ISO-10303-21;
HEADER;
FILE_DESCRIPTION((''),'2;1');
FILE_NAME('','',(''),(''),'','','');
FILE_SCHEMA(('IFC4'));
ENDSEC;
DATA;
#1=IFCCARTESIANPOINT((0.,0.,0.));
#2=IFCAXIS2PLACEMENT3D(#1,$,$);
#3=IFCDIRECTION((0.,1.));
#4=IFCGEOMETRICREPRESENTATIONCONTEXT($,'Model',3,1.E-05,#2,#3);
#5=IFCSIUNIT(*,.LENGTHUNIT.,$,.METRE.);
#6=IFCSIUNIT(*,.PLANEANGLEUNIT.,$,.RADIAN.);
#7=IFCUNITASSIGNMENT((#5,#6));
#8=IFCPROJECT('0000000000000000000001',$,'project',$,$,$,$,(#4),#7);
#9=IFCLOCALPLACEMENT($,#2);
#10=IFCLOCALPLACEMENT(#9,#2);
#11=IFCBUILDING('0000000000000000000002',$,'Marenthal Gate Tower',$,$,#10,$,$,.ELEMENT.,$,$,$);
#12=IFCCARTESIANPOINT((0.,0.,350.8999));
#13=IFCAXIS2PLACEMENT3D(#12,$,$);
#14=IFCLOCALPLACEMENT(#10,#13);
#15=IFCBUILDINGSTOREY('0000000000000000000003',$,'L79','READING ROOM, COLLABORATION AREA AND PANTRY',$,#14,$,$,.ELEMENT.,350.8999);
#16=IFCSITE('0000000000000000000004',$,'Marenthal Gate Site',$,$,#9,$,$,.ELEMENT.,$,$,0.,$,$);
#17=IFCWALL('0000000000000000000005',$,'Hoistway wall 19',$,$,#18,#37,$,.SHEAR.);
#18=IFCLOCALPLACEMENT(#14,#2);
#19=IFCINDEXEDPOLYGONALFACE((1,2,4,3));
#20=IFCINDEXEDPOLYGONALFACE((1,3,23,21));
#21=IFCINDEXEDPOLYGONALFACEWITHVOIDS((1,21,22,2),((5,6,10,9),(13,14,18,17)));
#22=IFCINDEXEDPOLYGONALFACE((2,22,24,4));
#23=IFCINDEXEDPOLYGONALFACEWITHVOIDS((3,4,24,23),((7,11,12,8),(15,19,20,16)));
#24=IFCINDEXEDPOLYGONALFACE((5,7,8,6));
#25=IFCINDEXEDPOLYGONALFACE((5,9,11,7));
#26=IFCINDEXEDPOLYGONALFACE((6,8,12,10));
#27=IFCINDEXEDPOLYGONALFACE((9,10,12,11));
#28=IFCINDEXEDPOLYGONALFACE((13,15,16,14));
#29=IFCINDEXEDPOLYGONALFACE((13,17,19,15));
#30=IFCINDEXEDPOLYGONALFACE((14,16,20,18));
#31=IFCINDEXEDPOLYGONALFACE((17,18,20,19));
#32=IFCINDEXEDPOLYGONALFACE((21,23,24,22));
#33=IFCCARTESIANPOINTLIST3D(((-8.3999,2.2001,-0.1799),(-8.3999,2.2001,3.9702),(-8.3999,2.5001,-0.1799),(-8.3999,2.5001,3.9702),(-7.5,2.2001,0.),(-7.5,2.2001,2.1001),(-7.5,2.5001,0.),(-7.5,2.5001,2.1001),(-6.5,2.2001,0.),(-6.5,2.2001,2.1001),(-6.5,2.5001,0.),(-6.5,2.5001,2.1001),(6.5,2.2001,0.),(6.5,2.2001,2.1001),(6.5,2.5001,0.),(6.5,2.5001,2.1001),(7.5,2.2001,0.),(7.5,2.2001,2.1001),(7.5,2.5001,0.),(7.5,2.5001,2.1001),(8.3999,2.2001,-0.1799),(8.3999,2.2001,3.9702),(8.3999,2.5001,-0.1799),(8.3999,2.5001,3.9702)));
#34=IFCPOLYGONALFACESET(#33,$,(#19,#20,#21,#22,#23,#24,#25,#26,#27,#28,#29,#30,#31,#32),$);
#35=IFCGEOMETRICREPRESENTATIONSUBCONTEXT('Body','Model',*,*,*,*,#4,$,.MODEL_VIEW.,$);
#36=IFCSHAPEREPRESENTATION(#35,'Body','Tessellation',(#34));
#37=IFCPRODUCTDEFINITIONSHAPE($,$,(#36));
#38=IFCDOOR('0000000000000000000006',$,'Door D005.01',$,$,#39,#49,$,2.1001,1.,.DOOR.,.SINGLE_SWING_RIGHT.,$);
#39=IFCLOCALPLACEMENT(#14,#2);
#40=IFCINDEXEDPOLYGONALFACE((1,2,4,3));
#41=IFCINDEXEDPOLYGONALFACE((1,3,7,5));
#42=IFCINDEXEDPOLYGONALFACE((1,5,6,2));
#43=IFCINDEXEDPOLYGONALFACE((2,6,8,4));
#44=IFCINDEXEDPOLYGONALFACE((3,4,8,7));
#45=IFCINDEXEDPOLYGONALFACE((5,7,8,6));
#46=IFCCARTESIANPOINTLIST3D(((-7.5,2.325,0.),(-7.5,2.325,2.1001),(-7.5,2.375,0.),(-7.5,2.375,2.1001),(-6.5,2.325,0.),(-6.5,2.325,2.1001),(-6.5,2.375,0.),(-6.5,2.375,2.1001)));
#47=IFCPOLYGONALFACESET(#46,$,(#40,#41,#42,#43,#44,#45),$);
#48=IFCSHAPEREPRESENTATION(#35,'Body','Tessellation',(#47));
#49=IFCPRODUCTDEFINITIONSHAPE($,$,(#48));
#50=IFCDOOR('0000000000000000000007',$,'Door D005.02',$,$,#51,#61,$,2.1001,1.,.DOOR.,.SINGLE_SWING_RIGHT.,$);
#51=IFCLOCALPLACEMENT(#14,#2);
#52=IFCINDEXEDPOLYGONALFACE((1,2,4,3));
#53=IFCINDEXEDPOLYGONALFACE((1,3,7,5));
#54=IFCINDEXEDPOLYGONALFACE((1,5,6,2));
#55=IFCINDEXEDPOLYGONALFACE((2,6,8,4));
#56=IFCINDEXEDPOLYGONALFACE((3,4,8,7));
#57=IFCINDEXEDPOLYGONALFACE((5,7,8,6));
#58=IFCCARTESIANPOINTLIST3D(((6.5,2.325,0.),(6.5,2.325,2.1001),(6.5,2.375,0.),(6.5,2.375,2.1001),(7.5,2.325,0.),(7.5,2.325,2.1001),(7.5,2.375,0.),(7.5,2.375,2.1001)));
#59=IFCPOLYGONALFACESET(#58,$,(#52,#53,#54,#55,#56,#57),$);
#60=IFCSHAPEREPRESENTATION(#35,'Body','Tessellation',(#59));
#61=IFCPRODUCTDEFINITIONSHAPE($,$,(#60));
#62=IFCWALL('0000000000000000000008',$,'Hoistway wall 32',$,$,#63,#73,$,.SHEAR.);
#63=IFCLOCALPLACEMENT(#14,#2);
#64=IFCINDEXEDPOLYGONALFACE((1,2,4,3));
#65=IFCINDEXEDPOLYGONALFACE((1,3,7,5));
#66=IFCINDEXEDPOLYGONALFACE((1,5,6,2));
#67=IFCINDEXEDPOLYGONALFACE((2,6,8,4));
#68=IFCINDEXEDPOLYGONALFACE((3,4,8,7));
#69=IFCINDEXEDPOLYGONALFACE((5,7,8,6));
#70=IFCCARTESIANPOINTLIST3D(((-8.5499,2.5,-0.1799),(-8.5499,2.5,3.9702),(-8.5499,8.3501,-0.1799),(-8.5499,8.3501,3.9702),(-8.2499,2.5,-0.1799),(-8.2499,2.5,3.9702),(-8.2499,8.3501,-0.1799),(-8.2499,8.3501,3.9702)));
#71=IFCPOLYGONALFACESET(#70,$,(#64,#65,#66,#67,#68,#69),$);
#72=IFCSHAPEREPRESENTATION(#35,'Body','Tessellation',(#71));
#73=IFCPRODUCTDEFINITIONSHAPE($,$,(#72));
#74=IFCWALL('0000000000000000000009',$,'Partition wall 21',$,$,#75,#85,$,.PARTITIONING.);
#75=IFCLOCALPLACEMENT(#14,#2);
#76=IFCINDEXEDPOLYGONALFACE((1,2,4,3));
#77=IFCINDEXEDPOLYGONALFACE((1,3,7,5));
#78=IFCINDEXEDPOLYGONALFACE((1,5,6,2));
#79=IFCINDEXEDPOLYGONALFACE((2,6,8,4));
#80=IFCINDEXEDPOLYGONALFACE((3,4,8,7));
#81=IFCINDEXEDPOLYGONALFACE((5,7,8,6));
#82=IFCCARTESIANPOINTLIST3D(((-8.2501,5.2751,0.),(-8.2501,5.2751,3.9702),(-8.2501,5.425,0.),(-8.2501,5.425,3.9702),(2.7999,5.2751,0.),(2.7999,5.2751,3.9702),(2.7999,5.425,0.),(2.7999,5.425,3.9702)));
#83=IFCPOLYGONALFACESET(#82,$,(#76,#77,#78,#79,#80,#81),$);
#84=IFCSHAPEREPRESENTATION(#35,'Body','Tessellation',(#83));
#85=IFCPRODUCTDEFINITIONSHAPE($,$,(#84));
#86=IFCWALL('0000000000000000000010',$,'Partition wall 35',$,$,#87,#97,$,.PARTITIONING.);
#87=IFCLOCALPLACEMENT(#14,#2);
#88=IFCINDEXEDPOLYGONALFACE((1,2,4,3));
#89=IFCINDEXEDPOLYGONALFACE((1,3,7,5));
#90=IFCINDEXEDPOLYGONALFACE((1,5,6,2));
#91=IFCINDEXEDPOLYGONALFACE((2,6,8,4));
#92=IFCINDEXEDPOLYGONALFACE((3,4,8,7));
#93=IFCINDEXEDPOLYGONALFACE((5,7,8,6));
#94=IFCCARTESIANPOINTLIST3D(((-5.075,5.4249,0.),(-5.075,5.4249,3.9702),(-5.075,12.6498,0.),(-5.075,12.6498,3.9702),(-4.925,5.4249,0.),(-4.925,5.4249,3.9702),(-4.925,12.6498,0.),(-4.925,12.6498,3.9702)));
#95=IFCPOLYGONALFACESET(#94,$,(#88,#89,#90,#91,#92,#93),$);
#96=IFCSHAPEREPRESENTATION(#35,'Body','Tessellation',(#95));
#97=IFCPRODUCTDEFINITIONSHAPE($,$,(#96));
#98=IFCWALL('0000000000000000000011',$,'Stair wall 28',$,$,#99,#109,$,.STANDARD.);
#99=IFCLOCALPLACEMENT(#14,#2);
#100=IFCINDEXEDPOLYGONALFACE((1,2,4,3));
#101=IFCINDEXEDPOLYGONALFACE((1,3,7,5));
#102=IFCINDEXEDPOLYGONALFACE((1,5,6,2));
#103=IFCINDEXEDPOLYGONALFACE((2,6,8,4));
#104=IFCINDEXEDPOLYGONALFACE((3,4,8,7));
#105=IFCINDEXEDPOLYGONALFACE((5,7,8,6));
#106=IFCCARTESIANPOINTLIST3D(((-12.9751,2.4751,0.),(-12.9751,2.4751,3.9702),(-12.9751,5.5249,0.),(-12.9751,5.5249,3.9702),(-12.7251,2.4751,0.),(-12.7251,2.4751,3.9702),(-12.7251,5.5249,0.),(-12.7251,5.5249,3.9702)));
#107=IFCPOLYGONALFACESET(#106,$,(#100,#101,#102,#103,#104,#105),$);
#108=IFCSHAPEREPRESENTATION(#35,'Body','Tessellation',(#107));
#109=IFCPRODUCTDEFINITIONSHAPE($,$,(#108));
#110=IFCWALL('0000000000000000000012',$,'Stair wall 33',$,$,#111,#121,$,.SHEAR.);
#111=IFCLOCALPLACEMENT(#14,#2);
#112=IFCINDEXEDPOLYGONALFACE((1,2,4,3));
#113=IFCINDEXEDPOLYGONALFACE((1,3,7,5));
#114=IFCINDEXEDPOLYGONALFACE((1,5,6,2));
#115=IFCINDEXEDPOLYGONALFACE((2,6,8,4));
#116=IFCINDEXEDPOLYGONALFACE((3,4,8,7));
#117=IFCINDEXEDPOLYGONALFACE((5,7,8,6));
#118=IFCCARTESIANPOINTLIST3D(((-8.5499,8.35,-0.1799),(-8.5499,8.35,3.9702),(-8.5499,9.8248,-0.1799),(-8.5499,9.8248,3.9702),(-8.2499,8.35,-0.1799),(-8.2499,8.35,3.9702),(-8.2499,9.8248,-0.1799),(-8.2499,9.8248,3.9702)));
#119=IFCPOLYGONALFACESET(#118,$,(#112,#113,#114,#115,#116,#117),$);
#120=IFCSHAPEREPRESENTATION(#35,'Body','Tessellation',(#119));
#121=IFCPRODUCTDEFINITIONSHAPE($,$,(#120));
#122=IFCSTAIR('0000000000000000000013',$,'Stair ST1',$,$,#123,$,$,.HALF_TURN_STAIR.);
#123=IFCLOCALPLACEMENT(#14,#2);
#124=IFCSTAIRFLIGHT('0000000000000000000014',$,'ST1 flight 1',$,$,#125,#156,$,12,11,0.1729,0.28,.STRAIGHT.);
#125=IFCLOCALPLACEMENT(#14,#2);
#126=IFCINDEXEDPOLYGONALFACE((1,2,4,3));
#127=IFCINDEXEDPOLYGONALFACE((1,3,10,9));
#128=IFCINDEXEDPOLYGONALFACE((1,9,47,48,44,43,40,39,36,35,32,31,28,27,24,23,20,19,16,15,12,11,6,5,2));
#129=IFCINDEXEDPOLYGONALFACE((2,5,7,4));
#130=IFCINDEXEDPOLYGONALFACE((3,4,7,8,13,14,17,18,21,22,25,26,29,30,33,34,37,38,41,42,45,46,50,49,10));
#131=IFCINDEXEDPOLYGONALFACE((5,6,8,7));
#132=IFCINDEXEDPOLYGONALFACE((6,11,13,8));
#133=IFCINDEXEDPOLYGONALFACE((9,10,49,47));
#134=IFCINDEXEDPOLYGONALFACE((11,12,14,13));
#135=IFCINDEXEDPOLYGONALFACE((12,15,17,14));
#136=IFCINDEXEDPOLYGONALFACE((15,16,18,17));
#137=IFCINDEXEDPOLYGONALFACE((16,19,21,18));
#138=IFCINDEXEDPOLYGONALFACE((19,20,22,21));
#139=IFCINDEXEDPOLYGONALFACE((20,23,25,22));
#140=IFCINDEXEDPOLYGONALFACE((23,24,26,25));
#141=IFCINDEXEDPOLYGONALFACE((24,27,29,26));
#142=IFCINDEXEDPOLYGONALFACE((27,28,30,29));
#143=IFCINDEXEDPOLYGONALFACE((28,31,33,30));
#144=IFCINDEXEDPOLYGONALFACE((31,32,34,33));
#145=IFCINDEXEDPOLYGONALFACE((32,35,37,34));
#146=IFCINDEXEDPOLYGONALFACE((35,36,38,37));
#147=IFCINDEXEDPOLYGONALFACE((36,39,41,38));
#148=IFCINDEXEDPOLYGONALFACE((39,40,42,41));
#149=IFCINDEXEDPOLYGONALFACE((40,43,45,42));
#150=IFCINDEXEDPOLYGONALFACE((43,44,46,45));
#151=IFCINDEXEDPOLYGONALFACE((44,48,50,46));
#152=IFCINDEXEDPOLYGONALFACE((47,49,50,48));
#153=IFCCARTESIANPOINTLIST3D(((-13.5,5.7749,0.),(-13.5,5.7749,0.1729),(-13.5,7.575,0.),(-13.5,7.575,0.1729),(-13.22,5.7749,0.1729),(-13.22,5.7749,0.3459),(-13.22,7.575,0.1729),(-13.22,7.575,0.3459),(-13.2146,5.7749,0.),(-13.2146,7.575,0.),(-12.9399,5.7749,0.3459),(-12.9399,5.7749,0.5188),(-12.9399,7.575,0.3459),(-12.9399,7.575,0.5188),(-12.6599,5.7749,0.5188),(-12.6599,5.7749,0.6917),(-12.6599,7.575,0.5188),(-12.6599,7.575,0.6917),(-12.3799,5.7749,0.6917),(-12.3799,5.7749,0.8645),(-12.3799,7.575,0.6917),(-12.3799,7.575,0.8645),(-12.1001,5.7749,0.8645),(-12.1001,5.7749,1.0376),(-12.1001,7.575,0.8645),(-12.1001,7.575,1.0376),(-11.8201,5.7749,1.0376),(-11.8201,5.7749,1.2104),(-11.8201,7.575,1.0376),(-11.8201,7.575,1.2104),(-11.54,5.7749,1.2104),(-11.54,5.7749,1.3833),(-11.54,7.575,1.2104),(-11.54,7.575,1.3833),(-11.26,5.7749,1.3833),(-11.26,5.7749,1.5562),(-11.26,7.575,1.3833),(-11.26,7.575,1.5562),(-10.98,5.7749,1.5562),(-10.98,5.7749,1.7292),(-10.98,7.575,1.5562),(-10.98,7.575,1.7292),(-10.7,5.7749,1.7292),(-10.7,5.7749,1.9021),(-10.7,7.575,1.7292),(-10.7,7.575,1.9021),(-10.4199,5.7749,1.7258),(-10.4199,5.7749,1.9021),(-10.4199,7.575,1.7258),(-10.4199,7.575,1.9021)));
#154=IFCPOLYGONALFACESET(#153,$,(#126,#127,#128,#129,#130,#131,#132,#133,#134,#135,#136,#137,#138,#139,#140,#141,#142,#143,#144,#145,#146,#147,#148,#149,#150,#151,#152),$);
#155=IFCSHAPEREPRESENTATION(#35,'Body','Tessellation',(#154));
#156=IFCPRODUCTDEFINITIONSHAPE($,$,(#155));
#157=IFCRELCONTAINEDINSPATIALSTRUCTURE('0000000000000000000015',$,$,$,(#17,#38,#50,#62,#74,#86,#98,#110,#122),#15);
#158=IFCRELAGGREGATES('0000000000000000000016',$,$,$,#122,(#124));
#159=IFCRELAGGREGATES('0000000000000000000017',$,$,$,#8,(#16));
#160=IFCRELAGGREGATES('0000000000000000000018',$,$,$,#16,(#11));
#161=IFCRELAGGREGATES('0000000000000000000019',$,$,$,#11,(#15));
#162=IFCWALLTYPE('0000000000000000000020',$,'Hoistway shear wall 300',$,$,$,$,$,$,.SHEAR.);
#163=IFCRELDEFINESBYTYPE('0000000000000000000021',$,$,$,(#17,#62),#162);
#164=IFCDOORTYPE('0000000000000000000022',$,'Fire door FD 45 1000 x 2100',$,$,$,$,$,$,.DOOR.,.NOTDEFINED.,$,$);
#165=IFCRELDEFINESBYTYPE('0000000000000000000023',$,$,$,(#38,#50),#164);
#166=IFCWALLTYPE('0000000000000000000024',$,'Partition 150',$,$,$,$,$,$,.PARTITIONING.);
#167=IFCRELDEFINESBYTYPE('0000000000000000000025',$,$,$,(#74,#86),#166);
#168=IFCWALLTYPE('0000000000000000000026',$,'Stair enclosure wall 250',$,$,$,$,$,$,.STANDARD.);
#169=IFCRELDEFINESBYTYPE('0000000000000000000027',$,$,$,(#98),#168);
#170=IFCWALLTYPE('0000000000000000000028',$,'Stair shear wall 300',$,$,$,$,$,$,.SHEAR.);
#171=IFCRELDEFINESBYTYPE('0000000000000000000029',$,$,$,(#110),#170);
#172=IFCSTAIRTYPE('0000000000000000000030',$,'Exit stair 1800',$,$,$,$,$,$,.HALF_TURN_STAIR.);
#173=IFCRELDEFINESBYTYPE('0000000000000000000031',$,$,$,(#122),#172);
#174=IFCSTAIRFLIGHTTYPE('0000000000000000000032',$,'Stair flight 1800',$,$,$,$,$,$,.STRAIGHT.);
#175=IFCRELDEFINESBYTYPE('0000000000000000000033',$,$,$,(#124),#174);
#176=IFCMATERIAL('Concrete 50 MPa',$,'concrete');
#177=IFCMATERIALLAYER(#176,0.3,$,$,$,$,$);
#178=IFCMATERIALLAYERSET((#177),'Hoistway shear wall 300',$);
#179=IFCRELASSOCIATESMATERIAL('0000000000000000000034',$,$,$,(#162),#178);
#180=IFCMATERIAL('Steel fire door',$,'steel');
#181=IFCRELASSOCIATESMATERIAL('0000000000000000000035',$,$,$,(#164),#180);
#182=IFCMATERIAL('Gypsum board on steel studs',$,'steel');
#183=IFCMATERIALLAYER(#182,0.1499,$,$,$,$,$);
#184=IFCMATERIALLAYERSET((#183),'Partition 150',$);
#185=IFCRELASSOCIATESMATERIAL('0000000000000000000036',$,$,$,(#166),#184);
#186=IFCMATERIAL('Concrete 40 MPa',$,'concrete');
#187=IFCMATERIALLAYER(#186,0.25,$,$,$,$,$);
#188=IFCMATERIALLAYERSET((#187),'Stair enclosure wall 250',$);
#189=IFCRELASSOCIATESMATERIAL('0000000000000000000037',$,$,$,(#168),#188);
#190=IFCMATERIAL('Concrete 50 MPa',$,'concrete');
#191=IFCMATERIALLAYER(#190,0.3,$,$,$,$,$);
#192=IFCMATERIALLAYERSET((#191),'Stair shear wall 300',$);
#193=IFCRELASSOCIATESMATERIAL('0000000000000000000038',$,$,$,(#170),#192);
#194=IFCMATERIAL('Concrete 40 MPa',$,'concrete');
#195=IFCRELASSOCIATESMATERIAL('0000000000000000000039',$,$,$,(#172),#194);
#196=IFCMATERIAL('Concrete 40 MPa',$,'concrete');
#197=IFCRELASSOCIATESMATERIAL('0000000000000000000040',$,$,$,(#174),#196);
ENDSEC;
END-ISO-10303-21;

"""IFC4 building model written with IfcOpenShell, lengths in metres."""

from ifc_helpers import new_model, si_unit, direction, frame, frame_2d, origin, place, context, subcontext, project, spatial, polyline, rectangle, outline, extrude, material, layer, layer_set, type_object, element, fill, aggregate, save


model = new_model("IFC4")

# Units and contexts
model_context = context("Model", 3, precision=1e-05, world=origin(), true_north=direction((0.0, 1.0)))
body_context = subcontext(model_context, "Body", "Model", "MODEL_VIEW")
ifc_project = project(units=[si_unit("LENGTHUNIT", "METRE"), si_unit("PLANEANGLEUNIT", "RADIAN")], contexts=[model_context])

# Site, building, storey
site_placement = place(None, origin())
site = spatial("IfcSite", under=ifc_project, at=site_placement, Name="Marenthal Gate Site", CompositionType="ELEMENT", RefElevation=0.0)
building_placement = place(site_placement, origin())
building = spatial("IfcBuilding", under=site, at=building_placement, Name="Marenthal Gate Tower", CompositionType="ELEMENT")
storey_placement = place(building_placement, frame((0.0, 0.0, 350.8999)))
storey = spatial("IfcBuildingStorey", under=building, at=storey_placement, Name="L79", Description="READING ROOM, COLLABORATION AREA AND PANTRY", CompositionType="ELEMENT", Elevation=350.8999)

# Wall, openings, doors
ifc_material_1 = material(Name="Concrete 50 MPa", Category="concrete")
ifc_layer_1 = layer(ifc_material_1, 0.3)
ifc_layer_set_1 = layer_set([ifc_layer_1], Name="Hoistway shear wall 300")
wall_type_1 = type_object("IfcWallType", Name="Hoistway shear wall 300", PredefinedType="SHEAR", material=ifc_layer_set_1)
wall_1_placement = place(storey_placement, frame((-8.3999, 2.3501, -0.1799), z_axis=(0.0, 0.0, 1.0), x_axis=(1.0, 0.0, 0.0)))
wall_1 = element("IfcWall", 1, at=wall_1_placement, inside=storey, type_object=wall_type_1, Name="Hoistway wall 19", PredefinedType="SHEAR", context=body_context, shape_type="SweptSolid", body=[
    extrude(rectangle(XDim=16.7998, YDim=0.3, at=frame_2d((8.3999, 0.0))), origin(), (0.0, 0.0, 1.0), 4.1501),
])
opening_1_placement = place(wall_1_placement, frame((0.8999, 0.0, 0.1799)))
opening_1 = element("IfcOpeningElement", 2, at=opening_1_placement, cuts=wall_1, PredefinedType="OPENING", context=body_context, shape_type="SweptSolid", body=[
    extrude(rectangle(XDim=1.0, YDim=2.1001, at=frame_2d((0.5, 1.05))), frame((0.0, 0.1602, 0.0), z_axis=(0.0, -1.0, 0.0), x_axis=(1.0, 0.0, 0.0)), (0.0, 0.0, 1.0), 0.3201),
])
opening_2_placement = place(wall_1_placement, frame((14.8999, 0.0, 0.1799)))
opening_2 = element("IfcOpeningElement", 3, at=opening_2_placement, cuts=wall_1, PredefinedType="OPENING", context=body_context, shape_type="SweptSolid", body=[
    extrude(rectangle(XDim=1.0, YDim=2.1001, at=frame_2d((0.5, 1.05))), frame((0.0, 0.1602, 0.0), z_axis=(0.0, -1.0, 0.0), x_axis=(1.0, 0.0, 0.0)), (0.0, 0.0, 1.0), 0.3201),
])
ifc_material_2 = material(Name="Steel fire door", Category="steel")
door_type = type_object("IfcDoorType", Name="Fire door FD 45 1000 x 2100", OperationType="NOTDEFINED", PredefinedType="DOOR", material=ifc_material_2)
door_1_placement = place(opening_1_placement, origin())
door_1 = element("IfcDoor", 4, at=door_1_placement, inside=storey, type_object=door_type, Name="Door D005.01", OperationType="SINGLE_SWING_RIGHT", OverallHeight=2.1001, OverallWidth=1.0, PredefinedType="DOOR", context=body_context, shape_type="SweptSolid", body=[
    extrude(rectangle(XDim=1.0, YDim=2.1001, at=frame_2d((0.5, 1.05))), frame((0.0, 0.0249, 0.0), z_axis=(0.0, -1.0, 0.0), x_axis=(1.0, 0.0, 0.0)), (0.0, 0.0, 1.0), 0.05),
])
fill(opening_1, door_1)
door_2_placement = place(opening_2_placement, origin())
door_2 = element("IfcDoor", 5, at=door_2_placement, inside=storey, type_object=door_type, Name="Door D005.02", OperationType="SINGLE_SWING_RIGHT", OverallHeight=2.1001, OverallWidth=1.0, PredefinedType="DOOR", context=body_context, shape_type="SweptSolid", body=[
    extrude(rectangle(XDim=1.0, YDim=2.1001, at=frame_2d((0.5, 1.05))), frame((0.0, 0.0249, 0.0), z_axis=(0.0, -1.0, 0.0), x_axis=(1.0, 0.0, 0.0)), (0.0, 0.0, 1.0), 0.05),
])
fill(opening_2, door_2)

# Walls
wall_2_placement = place(storey_placement, frame((-8.3999, 2.5, -0.1799), z_axis=(0.0, 0.0, 1.0), x_axis=(0.0, 1.0, 0.0)))
element("IfcWall", 6, at=wall_2_placement, inside=storey, type_object=wall_type_1, Name="Hoistway wall 32", PredefinedType="SHEAR", context=body_context, shape_type="SweptSolid", body=[
    extrude(rectangle(XDim=5.8501, YDim=0.3, at=frame_2d((2.925, 0.0))), origin(), (0.0, 0.0, 1.0), 4.1501),
])
ifc_material_3 = material(Name="Gypsum board on steel studs", Category="steel")
ifc_layer_2 = layer(ifc_material_3, 0.1499)
ifc_layer_set_2 = layer_set([ifc_layer_2], Name="Partition 150")
wall_type_2 = type_object("IfcWallType", Name="Partition 150", PredefinedType="PARTITIONING", material=ifc_layer_set_2)
wall_3_placement = place(storey_placement, frame((-8.25, 5.3501, 0.0), z_axis=(0.0, 0.0, 1.0), x_axis=(1.0, 0.0, 0.0)))
element("IfcWall", 7, at=wall_3_placement, inside=storey, type_object=wall_type_2, Name="Partition wall 21", PredefinedType="PARTITIONING", context=body_context, shape_type="SweptSolid", body=[
    extrude(rectangle(XDim=11.05, YDim=0.1499, at=frame_2d((5.5249, 0.0))), origin(), (0.0, 0.0, 1.0), 3.9702),
])
wall_4_placement = place(storey_placement, frame((-5.0, 5.425, 0.0), z_axis=(0.0, 0.0, 1.0), x_axis=(0.0, 1.0, 0.0)))
element("IfcWall", 8, at=wall_4_placement, inside=storey, type_object=wall_type_2, Name="Partition wall 35", PredefinedType="PARTITIONING", context=body_context, shape_type="SweptSolid", body=[
    extrude(rectangle(XDim=7.2249, YDim=0.1499, at=frame_2d((3.6123, 0.0))), origin(), (0.0, 0.0, 1.0), 3.9702),
])
ifc_material_4 = material(Name="Concrete 40 MPa", Category="concrete")
ifc_layer_3 = layer(ifc_material_4, 0.25)
ifc_layer_set_3 = layer_set([ifc_layer_3], Name="Stair enclosure wall 250")
wall_type_3 = type_object("IfcWallType", Name="Stair enclosure wall 250", PredefinedType="STANDARD", material=ifc_layer_set_3)
wall_5_placement = place(storey_placement, frame((-12.8501, 2.4751, 0.0), z_axis=(0.0, 0.0, 1.0), x_axis=(0.0, 1.0, 0.0)))
element("IfcWall", 9, at=wall_5_placement, inside=storey, type_object=wall_type_3, Name="Stair wall 28", PredefinedType="STANDARD", context=body_context, shape_type="SweptSolid", body=[
    extrude(rectangle(XDim=3.0498, YDim=0.25, at=frame_2d((1.5249, 0.0))), origin(), (0.0, 0.0, 1.0), 3.9702),
])
ifc_material_5 = material(Name="Concrete 50 MPa", Category="concrete")
ifc_layer_4 = layer(ifc_material_5, 0.3)
ifc_layer_set_4 = layer_set([ifc_layer_4], Name="Stair shear wall 300")
wall_type_4 = type_object("IfcWallType", Name="Stair shear wall 300", PredefinedType="SHEAR", material=ifc_layer_set_4)
wall_6_placement = place(storey_placement, frame((-8.3999, 8.3501, -0.1799), z_axis=(0.0, 0.0, 1.0), x_axis=(0.0, 1.0, 0.0)))
element("IfcWall", 10, at=wall_6_placement, inside=storey, type_object=wall_type_4, Name="Stair wall 33", PredefinedType="SHEAR", context=body_context, shape_type="SweptSolid", body=[
    extrude(rectangle(XDim=1.4749, YDim=0.3, at=frame_2d((0.7373, 0.0))), origin(), (0.0, 0.0, 1.0), 4.1501),
])

# Stair, stair flight
ifc_material_6 = material(Name="Concrete 40 MPa", Category="concrete")
stair_type = type_object("IfcStairType", Name="Exit stair 1800", PredefinedType="HALF_TURN_STAIR", material=ifc_material_6)
stair_placement = place(storey_placement, origin())
stair = element("IfcStair", 11, at=stair_placement, inside=storey, type_object=stair_type, Name="Stair ST1", PredefinedType="HALF_TURN_STAIR")
ifc_material_7 = material(Name="Concrete 40 MPa", Category="concrete")
stair_flight_type = type_object("IfcStairFlightType", Name="Stair flight 1800", PredefinedType="STRAIGHT", material=ifc_material_7)
stair_flight_1_placement = place(storey_placement, frame((-13.5, 6.675, 0.0), z_axis=(0.0, 0.0, 1.0), x_axis=(1.0, 0.0, 0.0)))
stair_flight_1 = element("IfcStairFlight", 12, at=stair_flight_1_placement, type_object=stair_flight_type, Name="ST1 flight 1", NumberOfRisers=12, NumberOfTreads=11, PredefinedType="STRAIGHT", RiserHeight=0.1729, TreadLength=0.28, context=body_context, shape_type="SweptSolid", body=[
    extrude(outline(polyline([(0.0, 0.0), (0.0, 0.1729), (0.28, 0.1729), (0.28, 0.3459), (0.5601, 0.3459), (0.5601, 0.5188), (0.8401, 0.5188), (0.8401, 0.6917), (1.1201, 0.6917), (1.1201, 0.8645), (1.3999, 0.8645), (1.3999, 1.0376), (1.6799, 1.0376), (1.6799, 1.2104), (1.96, 1.2104), (1.96, 1.3833), (2.24, 1.3833), (2.24, 1.5562), (2.52, 1.5562), (2.52, 1.7292), (2.8, 1.7292), (2.8, 1.9021), (3.0801, 1.9021), (3.0801, 2.075), (3.0801, 1.7258), (0.2854, 0.0), (0.0, 0.0)])), frame((0.0, 0.8999, 0.0), z_axis=(0.0, -1.0, 0.0), x_axis=(1.0, 0.0, 0.0)), (0.0, 0.0, 1.0), 1.8),
])
aggregate(stair, [stair_flight_1])

save(model, "model.ifc")
